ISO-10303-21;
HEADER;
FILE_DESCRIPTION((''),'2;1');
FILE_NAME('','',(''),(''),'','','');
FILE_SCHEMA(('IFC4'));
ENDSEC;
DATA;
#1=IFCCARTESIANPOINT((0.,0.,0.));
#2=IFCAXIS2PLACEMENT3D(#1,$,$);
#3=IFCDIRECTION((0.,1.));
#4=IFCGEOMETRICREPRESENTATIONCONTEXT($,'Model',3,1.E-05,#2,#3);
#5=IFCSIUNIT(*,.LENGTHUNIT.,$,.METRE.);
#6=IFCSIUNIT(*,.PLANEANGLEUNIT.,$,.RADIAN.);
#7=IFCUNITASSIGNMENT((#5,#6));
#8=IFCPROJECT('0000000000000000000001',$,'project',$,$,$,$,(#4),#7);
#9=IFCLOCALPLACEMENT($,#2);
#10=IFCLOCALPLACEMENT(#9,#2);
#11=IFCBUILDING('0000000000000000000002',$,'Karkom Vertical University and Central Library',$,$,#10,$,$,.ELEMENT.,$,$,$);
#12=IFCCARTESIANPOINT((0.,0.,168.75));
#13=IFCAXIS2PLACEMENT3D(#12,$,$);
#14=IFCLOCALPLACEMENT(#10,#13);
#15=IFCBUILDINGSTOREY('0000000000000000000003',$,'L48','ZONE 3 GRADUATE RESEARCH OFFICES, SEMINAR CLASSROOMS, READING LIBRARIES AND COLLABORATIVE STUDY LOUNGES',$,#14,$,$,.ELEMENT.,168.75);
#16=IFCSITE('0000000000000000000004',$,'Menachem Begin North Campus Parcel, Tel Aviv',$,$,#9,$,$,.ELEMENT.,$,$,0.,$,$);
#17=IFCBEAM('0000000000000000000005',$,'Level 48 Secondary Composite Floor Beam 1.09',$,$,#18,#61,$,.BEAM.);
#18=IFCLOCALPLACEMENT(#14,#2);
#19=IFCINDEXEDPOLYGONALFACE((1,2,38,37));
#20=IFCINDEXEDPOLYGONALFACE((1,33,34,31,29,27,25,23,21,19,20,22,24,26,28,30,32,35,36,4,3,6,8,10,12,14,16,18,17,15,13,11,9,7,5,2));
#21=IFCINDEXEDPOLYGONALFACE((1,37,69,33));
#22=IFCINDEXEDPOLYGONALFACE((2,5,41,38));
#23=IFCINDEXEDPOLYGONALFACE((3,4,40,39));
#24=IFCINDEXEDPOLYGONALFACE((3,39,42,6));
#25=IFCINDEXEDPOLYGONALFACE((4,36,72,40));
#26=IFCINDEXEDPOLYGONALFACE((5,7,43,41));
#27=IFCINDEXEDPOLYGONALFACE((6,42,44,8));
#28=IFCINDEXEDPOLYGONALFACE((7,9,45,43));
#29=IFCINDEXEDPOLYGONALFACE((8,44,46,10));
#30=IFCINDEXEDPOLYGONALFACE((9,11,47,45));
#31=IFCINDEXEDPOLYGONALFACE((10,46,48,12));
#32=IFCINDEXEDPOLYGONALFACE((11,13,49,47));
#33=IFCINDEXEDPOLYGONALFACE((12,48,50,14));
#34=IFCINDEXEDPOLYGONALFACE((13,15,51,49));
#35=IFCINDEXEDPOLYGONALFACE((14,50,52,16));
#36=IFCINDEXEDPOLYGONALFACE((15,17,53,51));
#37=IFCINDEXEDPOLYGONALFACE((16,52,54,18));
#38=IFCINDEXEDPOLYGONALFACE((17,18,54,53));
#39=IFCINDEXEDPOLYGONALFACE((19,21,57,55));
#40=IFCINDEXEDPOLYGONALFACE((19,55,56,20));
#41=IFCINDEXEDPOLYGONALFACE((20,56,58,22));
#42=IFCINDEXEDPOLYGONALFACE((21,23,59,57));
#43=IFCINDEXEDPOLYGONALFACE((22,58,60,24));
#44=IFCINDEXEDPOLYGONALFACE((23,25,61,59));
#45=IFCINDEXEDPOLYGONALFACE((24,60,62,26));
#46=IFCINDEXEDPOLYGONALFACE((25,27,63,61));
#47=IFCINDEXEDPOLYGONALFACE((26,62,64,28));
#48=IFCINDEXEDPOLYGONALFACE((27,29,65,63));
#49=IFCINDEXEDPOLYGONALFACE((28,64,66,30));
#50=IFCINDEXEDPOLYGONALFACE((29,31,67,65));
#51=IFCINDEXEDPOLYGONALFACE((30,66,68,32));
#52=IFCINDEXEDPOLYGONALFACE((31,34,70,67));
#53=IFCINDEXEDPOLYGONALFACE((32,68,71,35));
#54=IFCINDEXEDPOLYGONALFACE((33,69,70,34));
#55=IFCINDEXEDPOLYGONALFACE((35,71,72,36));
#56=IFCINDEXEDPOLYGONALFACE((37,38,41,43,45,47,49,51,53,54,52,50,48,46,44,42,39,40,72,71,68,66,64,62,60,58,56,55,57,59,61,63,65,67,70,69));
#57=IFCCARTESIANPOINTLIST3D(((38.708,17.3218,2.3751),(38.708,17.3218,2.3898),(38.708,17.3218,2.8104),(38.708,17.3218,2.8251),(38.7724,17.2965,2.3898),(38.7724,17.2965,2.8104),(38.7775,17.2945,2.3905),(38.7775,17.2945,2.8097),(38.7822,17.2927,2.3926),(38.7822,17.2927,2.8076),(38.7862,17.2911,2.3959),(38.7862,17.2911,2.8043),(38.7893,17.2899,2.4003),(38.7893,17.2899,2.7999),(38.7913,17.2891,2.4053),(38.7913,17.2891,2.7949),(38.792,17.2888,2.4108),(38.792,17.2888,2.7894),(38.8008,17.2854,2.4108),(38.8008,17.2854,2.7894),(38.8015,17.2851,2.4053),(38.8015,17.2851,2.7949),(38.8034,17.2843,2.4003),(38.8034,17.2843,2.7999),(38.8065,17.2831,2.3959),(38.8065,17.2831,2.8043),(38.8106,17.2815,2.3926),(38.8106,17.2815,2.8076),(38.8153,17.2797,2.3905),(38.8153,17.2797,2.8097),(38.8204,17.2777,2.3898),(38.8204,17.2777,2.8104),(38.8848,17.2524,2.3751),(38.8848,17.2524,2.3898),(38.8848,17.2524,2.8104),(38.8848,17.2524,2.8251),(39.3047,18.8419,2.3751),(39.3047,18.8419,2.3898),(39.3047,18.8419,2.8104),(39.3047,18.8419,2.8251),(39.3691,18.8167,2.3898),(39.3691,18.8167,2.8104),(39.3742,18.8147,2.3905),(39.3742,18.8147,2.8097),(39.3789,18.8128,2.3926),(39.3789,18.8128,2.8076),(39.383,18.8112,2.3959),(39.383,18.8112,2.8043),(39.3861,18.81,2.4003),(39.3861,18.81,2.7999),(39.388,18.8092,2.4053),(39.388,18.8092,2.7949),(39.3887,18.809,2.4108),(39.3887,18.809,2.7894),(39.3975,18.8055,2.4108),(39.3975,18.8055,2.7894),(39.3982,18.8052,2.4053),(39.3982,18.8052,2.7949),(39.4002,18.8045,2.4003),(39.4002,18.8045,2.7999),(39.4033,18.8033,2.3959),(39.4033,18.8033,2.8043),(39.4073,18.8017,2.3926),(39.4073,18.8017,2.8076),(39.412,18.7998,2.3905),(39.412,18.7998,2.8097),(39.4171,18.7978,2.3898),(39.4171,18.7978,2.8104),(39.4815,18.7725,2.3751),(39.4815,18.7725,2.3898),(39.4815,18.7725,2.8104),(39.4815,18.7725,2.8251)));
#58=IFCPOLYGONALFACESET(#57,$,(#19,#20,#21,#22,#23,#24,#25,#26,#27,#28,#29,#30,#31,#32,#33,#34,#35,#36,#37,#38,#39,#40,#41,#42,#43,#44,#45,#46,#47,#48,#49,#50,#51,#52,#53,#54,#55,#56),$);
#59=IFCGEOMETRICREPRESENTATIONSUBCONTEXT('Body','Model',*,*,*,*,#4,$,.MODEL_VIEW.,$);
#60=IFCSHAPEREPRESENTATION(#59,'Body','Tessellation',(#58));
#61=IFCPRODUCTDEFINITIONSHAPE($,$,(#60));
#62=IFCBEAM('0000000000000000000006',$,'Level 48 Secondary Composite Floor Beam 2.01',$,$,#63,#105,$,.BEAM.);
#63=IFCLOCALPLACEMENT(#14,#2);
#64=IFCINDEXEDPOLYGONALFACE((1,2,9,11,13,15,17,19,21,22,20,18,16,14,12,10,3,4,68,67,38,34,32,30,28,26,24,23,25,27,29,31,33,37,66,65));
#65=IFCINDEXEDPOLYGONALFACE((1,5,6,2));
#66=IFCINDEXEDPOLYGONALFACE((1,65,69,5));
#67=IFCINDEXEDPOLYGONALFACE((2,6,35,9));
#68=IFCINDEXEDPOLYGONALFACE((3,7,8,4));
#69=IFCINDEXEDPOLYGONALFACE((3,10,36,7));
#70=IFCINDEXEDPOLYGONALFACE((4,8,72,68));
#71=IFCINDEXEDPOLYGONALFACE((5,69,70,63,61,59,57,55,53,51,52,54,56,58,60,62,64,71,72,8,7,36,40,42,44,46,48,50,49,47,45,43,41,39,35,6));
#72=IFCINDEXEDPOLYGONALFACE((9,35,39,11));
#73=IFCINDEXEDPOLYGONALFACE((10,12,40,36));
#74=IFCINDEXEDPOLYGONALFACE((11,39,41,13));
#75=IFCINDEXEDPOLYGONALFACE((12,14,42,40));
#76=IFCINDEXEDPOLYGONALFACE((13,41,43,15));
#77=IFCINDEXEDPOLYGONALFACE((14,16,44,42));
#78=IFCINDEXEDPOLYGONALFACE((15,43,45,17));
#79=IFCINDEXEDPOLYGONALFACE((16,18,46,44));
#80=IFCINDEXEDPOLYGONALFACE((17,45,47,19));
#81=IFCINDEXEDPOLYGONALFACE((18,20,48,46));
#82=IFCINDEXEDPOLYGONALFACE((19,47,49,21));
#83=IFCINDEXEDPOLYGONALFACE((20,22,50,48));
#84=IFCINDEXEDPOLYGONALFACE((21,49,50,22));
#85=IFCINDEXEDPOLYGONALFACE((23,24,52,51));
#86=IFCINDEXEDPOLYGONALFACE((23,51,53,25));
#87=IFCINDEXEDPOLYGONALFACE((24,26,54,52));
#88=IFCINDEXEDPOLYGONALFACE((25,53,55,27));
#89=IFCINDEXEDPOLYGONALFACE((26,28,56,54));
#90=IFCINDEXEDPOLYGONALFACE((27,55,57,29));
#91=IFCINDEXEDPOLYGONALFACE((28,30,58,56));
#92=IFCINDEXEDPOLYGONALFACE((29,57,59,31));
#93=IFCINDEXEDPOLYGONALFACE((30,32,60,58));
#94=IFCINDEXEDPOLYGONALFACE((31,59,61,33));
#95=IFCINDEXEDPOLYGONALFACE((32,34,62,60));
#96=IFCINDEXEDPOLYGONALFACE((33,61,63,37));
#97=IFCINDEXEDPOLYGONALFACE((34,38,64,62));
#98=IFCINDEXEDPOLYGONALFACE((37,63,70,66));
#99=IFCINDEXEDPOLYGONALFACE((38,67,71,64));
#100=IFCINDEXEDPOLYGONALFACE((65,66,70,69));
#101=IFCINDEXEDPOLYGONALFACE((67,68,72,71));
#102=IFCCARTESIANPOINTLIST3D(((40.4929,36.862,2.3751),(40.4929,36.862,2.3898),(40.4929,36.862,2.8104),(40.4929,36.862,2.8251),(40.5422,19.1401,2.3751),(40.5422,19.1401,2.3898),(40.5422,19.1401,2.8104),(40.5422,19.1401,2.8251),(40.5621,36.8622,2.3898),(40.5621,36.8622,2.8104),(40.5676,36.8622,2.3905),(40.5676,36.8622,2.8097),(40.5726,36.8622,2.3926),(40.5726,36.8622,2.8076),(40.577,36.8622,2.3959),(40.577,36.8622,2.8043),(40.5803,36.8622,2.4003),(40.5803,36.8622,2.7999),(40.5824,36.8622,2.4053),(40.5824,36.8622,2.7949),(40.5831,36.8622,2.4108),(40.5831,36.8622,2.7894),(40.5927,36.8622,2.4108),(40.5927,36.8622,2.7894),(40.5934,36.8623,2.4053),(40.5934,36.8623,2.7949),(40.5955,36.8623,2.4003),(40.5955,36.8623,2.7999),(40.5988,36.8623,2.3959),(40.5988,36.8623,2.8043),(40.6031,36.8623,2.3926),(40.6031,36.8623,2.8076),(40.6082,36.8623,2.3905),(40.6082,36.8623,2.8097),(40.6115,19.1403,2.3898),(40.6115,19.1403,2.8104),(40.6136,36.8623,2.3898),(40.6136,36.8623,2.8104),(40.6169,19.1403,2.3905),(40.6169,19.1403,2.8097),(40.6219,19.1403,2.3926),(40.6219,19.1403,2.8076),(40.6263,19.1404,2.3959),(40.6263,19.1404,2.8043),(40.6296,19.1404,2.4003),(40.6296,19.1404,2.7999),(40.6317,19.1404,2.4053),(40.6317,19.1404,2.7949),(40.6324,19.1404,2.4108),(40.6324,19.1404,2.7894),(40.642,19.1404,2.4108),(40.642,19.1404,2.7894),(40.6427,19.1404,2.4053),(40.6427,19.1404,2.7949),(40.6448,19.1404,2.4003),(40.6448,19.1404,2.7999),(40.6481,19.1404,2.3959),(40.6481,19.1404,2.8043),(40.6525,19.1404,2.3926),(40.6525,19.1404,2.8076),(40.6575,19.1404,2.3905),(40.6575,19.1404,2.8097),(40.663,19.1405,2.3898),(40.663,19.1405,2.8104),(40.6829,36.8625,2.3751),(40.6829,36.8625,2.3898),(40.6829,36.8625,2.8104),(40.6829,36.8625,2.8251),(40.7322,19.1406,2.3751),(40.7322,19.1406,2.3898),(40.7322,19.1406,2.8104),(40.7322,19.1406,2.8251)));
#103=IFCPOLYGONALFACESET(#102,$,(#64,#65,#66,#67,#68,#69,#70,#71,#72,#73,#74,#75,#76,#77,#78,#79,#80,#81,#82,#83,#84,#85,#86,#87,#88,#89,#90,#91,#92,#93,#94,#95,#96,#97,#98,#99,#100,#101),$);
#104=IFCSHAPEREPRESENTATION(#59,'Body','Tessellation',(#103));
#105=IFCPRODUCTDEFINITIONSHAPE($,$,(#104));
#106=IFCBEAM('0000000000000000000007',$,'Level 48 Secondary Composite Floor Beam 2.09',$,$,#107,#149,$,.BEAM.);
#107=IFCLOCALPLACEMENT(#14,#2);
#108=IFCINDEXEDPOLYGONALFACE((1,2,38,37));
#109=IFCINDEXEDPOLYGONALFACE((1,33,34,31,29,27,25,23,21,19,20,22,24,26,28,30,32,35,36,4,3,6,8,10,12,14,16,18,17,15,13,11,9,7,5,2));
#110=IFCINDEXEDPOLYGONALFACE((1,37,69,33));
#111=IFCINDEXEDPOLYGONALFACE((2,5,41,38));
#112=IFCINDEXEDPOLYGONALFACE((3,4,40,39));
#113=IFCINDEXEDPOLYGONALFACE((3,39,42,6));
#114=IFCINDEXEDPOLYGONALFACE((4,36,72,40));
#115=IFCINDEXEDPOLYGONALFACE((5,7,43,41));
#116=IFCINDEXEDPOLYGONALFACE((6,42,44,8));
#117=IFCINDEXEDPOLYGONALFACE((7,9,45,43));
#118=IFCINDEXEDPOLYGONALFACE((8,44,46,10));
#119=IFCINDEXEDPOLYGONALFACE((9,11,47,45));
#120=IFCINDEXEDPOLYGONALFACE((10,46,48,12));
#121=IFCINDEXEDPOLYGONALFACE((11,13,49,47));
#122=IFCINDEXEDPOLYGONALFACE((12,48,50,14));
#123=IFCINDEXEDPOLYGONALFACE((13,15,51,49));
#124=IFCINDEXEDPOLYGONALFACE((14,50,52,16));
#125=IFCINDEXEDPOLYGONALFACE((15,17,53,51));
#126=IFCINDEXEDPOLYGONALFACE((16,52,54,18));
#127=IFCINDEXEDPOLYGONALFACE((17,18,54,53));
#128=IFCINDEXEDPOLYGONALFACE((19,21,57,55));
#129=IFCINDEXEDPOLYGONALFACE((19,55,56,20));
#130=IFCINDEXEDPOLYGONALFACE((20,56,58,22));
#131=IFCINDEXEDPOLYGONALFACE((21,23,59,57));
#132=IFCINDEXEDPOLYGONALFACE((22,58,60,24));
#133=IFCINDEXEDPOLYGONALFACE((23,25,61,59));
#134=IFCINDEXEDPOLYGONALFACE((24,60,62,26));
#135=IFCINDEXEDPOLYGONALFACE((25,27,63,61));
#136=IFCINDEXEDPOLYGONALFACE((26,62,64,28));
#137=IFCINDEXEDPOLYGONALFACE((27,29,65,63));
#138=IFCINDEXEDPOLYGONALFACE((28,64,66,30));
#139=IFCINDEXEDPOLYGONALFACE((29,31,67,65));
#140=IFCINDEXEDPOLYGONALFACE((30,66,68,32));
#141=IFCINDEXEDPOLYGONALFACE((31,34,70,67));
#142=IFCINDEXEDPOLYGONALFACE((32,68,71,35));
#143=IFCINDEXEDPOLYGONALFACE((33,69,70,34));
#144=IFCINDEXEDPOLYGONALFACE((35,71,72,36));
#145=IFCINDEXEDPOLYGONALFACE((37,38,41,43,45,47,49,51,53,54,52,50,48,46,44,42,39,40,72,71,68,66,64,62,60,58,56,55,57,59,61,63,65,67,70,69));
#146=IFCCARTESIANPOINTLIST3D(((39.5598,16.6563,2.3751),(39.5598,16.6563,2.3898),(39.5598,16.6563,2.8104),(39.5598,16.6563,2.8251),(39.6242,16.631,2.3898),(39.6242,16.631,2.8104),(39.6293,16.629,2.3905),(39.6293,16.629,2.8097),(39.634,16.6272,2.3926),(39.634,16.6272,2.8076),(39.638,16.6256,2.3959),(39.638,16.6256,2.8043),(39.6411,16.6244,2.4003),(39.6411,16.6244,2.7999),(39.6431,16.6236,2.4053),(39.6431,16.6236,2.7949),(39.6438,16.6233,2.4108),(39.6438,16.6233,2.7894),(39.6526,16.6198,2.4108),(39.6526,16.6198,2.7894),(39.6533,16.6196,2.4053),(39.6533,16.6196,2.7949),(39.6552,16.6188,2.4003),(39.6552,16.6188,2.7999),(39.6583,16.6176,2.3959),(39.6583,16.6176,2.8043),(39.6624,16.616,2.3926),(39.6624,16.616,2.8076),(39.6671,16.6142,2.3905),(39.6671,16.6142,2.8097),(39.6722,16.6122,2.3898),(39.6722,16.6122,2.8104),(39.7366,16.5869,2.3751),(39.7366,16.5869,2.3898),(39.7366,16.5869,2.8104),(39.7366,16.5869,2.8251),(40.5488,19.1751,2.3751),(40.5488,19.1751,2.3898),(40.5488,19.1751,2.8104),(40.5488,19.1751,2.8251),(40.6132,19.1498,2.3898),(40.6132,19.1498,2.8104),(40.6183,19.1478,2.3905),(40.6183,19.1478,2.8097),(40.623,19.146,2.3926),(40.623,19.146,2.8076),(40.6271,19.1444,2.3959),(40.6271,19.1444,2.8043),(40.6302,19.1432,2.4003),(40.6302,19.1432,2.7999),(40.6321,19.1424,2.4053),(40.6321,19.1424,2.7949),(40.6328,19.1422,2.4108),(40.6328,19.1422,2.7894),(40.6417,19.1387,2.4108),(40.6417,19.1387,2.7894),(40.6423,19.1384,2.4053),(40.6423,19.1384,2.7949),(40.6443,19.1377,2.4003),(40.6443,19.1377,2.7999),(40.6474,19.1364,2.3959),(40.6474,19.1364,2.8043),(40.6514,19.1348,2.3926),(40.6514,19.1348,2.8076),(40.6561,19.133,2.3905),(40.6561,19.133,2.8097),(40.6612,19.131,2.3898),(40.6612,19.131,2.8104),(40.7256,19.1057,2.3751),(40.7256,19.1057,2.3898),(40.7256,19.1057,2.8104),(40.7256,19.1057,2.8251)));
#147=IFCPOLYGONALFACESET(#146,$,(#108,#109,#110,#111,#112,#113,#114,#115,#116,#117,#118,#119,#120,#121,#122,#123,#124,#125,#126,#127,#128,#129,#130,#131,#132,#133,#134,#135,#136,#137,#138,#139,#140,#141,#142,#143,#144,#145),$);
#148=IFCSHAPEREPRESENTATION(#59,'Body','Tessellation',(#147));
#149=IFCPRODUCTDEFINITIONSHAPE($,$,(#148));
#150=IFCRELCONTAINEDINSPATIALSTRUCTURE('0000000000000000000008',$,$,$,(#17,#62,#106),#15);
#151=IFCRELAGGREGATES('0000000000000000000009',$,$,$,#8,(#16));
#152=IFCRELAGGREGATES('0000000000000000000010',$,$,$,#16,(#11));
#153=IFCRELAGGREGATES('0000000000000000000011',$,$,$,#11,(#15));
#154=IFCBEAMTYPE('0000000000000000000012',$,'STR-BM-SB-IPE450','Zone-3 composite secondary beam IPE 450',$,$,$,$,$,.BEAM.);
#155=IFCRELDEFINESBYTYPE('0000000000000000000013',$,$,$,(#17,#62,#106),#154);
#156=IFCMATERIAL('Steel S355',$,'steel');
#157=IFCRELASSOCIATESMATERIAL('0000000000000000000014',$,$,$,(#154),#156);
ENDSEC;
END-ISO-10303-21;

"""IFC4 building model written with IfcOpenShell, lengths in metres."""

from ifc_helpers import new_model, si_unit, direction, frame, origin, origin_with_axes, origin_2d, place, context, subcontext, project, spatial, i_section, extrude, source, transform, mapped, material, material_profile, profile_set, type_object, element, save


model = new_model("IFC4")

# Units and contexts
model_context = context("Model", 3, precision=1e-05, world=origin(), true_north=direction((0.0, 1.0)))
body_context = subcontext(model_context, "Body", "Model", "MODEL_VIEW")
ifc_project = project(units=[si_unit("LENGTHUNIT", "METRE"), si_unit("PLANEANGLEUNIT", "RADIAN")], contexts=[model_context])

# Site, building, storey
site_placement = place(None, origin())
site = spatial("IfcSite", under=ifc_project, at=site_placement, Name="Menachem Begin North Campus Parcel, Tel Aviv", CompositionType="ELEMENT", RefElevation=0.0)
building_placement = place(site_placement, origin())
building = spatial("IfcBuilding", under=site, at=building_placement, Name="Karkom Vertical University and Central Library", CompositionType="ELEMENT")
storey_placement = place(building_placement, frame((0.0, 0.0, 168.75)))
storey = spatial("IfcBuildingStorey", under=building, at=storey_placement, Name="L48", Description="ZONE 3 GRADUATE RESEARCH OFFICES, SEMINAR CLASSROOMS, READING LIBRARIES AND COLLABORATIVE STUDY LOUNGES", CompositionType="ELEMENT", Elevation=168.75)

# Beams
ifc_material_1 = material(Name="Steel S355", Category="steel")
ifc_material_profile_1 = material_profile(ifc_material_1, i_section(OverallWidth=0.1899, OverallDepth=0.45, WebThickness=0.0095, FlangeThickness=0.0146, FilletRadius=0.021, at=origin_2d()), Name="IPE 450")
ifc_profile_set_1 = profile_set([ifc_material_profile_1], Name="Steel S355")
beam_type_1 = type_object("IfcBeamType", Name="STR-BM-SB-IPE450", Description="Zone-3 composite secondary beam IPE 450", PredefinedType="BEAM", material=ifc_profile_set_1)
shared_shape_1 = source(origin_with_axes(), body_context, "Body", "SweptSolid", [
    extrude(i_section(OverallWidth=0.1899, OverallDepth=0.45, WebThickness=0.0095, FlangeThickness=0.0146, FilletRadius=0.021, at=origin_2d()), origin(), (0.0, 0.0, 1.0), 1.6331),
])
beam_1_placement = place(storey_placement, frame((38.7964, 17.2871, 2.6001), z_axis=(0.365403, 0.93085, 0.0), x_axis=(-0.93085, 0.365403, 0.0)))
element("IfcBeam", 1, at=beam_1_placement, inside=storey, type_object=beam_type_1, Name="Level 48 Secondary Composite Floor Beam 1.09", PredefinedType="BEAM", context=body_context, shape_type="MappedRepresentation", body=[
    mapped(shared_shape_1, transform((0.0, 0.0, 0.0), scale=1.0)),
])
shared_shape_2 = source(origin_with_axes(), body_context, "Body", "SweptSolid", [
    extrude(i_section(OverallWidth=0.1899, OverallDepth=0.45, WebThickness=0.0095, FlangeThickness=0.0146, FilletRadius=0.021, at=origin_2d()), origin(), (0.0, 0.0, 1.0), 17.7219),
])
beam_2_placement = place(storey_placement, frame((40.6372, 19.1404, 2.6001), z_axis=(-0.002783, 0.999996, 0.0), x_axis=(-0.999996, -0.002783, 0.0)))
element("IfcBeam", 2, at=beam_2_placement, inside=storey, type_object=beam_type_1, Name="Level 48 Secondary Composite Floor Beam 2.01", PredefinedType="BEAM", context=body_context, shape_type="MappedRepresentation", body=[
    mapped(shared_shape_2, transform((0.0, 0.0, 0.0), scale=1.0)),
])
shared_shape_3 = source(origin_with_axes(), body_context, "Body", "SweptSolid", [
    extrude(i_section(OverallWidth=0.1899, OverallDepth=0.45, WebThickness=0.0095, FlangeThickness=0.0146, FilletRadius=0.021, at=origin_2d()), origin(), (0.0, 0.0, 1.0), 2.7061),
])
beam_3_placement = place(storey_placement, frame((39.6482, 16.6216, 2.6001), z_axis=(0.365488, 0.930816, 0.0), x_axis=(-0.930816, 0.365488, 0.0)))
element("IfcBeam", 3, at=beam_3_placement, inside=storey, type_object=beam_type_1, Name="Level 48 Secondary Composite Floor Beam 2.09", PredefinedType="BEAM", context=body_context, shape_type="MappedRepresentation", body=[
    mapped(shared_shape_3, transform((0.0, 0.0, 0.0), scale=1.0)),
])

save(model, "model.ifc")
